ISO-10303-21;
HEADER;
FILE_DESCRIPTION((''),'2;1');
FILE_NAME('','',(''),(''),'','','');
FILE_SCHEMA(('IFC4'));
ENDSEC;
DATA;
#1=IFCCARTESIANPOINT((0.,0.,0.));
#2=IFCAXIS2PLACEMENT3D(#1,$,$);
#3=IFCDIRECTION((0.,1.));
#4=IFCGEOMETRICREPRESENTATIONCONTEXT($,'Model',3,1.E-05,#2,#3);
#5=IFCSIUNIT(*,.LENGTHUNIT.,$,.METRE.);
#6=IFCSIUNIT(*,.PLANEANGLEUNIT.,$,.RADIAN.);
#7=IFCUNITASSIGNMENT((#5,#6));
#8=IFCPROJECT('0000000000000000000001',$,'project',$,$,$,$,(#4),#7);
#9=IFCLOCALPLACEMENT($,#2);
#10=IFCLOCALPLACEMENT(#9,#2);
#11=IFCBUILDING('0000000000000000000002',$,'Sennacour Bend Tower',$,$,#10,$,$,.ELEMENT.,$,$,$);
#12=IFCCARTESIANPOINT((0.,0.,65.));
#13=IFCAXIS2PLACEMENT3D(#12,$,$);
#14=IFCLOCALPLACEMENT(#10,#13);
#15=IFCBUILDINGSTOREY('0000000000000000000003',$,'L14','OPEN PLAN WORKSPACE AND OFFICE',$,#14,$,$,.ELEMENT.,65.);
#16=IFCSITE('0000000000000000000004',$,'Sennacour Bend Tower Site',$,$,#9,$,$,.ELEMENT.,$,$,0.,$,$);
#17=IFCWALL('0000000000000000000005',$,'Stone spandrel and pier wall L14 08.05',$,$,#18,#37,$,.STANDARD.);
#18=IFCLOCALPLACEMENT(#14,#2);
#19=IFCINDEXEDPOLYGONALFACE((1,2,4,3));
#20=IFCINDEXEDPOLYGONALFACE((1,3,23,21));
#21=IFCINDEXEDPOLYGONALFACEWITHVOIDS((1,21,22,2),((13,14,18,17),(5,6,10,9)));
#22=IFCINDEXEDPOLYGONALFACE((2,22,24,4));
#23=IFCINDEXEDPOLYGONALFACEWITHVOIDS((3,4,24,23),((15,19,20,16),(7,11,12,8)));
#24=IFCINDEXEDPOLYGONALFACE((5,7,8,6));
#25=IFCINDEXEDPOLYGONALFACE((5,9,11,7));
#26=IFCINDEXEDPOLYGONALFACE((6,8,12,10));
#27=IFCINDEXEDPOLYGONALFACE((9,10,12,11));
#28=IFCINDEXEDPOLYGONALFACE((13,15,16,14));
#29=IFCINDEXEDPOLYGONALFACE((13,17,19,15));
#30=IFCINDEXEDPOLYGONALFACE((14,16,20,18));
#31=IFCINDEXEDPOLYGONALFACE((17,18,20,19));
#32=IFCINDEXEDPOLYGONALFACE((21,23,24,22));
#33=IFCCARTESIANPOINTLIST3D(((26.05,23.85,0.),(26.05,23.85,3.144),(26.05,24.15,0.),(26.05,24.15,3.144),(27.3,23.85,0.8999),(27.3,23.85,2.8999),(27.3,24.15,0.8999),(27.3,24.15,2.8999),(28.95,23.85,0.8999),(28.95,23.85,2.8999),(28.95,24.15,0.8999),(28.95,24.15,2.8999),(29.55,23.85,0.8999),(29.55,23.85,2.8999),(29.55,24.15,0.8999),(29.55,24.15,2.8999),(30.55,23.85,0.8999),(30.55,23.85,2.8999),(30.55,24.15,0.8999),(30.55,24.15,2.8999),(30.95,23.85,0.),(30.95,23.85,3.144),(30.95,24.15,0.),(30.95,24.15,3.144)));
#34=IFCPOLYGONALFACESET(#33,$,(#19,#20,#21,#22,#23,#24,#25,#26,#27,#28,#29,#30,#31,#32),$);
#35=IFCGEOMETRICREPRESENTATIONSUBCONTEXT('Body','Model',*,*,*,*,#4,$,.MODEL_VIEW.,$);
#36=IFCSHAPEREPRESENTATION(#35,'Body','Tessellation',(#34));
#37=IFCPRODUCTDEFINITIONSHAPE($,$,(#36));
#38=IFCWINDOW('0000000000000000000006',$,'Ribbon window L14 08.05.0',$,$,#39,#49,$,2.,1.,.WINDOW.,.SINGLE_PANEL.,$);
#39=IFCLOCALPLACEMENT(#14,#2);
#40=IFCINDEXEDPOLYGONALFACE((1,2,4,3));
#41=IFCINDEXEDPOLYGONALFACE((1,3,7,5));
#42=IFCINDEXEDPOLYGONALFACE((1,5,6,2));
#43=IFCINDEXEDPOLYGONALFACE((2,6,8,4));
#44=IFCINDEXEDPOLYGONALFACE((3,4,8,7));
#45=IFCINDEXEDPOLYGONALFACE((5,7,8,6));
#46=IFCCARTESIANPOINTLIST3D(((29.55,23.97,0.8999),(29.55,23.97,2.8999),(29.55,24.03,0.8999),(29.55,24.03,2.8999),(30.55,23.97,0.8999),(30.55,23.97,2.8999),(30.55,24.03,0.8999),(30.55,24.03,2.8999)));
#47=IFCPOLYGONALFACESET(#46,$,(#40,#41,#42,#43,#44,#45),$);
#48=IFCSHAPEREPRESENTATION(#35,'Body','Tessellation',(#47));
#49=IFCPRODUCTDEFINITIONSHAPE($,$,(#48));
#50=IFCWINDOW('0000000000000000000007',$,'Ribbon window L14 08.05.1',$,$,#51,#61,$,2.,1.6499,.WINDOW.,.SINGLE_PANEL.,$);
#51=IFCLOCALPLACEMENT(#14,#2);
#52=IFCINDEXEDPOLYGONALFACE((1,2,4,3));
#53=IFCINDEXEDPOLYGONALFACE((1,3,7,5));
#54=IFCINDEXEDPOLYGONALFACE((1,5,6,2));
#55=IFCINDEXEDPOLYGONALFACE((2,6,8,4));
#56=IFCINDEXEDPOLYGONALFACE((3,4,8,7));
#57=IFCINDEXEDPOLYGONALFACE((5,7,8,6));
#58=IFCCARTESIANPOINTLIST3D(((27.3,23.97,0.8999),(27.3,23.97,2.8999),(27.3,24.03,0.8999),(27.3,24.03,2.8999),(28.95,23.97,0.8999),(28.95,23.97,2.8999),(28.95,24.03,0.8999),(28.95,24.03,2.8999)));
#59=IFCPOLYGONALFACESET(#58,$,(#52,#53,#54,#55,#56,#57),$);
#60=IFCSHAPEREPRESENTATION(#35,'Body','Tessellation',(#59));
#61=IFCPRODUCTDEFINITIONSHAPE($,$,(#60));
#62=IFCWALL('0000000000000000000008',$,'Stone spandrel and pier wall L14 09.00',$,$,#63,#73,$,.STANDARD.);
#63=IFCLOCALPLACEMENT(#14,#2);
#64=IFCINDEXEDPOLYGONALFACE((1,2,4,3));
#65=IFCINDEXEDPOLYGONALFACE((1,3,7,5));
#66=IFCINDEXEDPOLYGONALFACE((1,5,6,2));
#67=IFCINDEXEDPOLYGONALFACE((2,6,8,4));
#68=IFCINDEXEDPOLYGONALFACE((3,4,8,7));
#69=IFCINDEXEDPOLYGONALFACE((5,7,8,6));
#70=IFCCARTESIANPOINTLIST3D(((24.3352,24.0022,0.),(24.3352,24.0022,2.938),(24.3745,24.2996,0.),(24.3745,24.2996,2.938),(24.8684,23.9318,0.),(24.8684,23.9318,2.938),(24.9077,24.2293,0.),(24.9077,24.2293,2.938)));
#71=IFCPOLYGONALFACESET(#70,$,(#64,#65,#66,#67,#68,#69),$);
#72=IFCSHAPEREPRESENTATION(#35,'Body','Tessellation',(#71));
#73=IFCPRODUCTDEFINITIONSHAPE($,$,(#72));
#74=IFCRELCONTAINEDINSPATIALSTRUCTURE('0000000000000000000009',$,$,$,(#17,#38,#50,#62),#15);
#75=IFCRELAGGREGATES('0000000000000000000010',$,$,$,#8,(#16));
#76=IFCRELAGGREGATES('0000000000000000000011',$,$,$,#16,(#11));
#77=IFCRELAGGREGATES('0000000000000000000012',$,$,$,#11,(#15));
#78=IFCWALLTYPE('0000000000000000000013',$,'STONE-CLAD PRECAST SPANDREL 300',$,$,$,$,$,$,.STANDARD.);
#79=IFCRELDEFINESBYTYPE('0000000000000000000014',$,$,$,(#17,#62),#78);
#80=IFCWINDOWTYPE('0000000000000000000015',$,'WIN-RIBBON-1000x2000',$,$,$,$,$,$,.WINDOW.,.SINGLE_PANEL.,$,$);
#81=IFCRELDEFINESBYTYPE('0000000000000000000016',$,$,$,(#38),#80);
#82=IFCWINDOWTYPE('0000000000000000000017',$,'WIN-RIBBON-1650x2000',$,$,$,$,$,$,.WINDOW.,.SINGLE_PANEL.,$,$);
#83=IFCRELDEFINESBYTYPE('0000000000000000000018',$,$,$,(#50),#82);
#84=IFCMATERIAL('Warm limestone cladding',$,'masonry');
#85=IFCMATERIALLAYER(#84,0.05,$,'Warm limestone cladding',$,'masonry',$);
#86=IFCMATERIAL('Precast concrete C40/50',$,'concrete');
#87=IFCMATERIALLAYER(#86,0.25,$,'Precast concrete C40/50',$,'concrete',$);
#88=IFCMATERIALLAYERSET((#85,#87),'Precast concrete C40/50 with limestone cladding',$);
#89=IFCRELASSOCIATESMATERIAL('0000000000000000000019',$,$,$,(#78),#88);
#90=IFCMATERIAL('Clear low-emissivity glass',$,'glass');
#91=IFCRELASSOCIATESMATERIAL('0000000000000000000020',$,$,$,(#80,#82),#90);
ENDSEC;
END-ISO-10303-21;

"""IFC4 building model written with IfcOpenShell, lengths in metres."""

from ifc_helpers import new_model, si_unit, direction, frame, frame_2d, origin, place, context, subcontext, project, spatial, rectangle, extrude, material, layer, layer_set, type_object, element, fill, save


model = new_model("IFC4")

# Units and contexts
model_context = context("Model", 3, precision=1e-05, world=origin(), true_north=direction((0.0, 1.0)))
body_context = subcontext(model_context, "Body", "Model", "MODEL_VIEW")
ifc_project = project(units=[si_unit("LENGTHUNIT", "METRE"), si_unit("PLANEANGLEUNIT", "RADIAN")], contexts=[model_context])

# Site, building, storey
site_placement = place(None, origin())
site = spatial("IfcSite", under=ifc_project, at=site_placement, Name="Sennacour Bend Tower Site", CompositionType="ELEMENT", RefElevation=0.0)
building_placement = place(site_placement, origin())
building = spatial("IfcBuilding", under=site, at=building_placement, Name="Sennacour Bend Tower", CompositionType="ELEMENT")
storey_placement = place(building_placement, frame((0.0, 0.0, 65.0)))
storey = spatial("IfcBuildingStorey", under=building, at=storey_placement, Name="L14", Description="OPEN PLAN WORKSPACE AND OFFICE", CompositionType="ELEMENT", Elevation=65.0)

# Wall, openings, windows
ifc_material_1 = material(Name="Warm limestone cladding", Category="masonry")
ifc_layer_1 = layer(ifc_material_1, 0.05, Name="Warm limestone cladding", Category="masonry")
ifc_material_2 = material(Name="Precast concrete C40/50", Category="concrete")
ifc_layer_2 = layer(ifc_material_2, 0.25, Name="Precast concrete C40/50", Category="concrete")
ifc_layer_set_1 = layer_set([ifc_layer_1, ifc_layer_2], Name="Precast concrete C40/50 with limestone cladding")
wall_type_1 = type_object("IfcWallType", Name="STONE-CLAD PRECAST SPANDREL 300", PredefinedType="STANDARD", material=ifc_layer_set_1)
ifc_material_3 = material(Name="Clear low-emissivity glass", Category="glass")
window_type_1 = type_object("IfcWindowType", Name="WIN-RIBBON-1000x2000", PartitioningType="SINGLE_PANEL", PredefinedType="WINDOW", material=ifc_material_3)
wall_1_placement = place(storey_placement, frame((30.95, 24.0, 0.0), z_axis=(0.0, 0.0, 1.0), x_axis=(-1.0, 0.0, 0.0)))
wall_1 = element("IfcWall", 1, at=wall_1_placement, inside=storey, type_object=wall_type_1, Name="Stone spandrel and pier wall L14 08.05", PredefinedType="STANDARD", context=body_context, shape_type="SweptSolid", body=[
    extrude(rectangle(XDim=4.8999, YDim=0.3, at=frame_2d((2.45, 0.0))), origin(), (0.0, 0.0, 1.0), 3.144),
])
opening_1_placement = place(wall_1_placement, frame((0.3999, 0.0, 0.8999)))
opening_1 = element("IfcOpeningElement", 2, at=opening_1_placement, cuts=wall_1, PredefinedType="OPENING", context=body_context, shape_type="SweptSolid", body=[
    extrude(rectangle(XDim=1.0, YDim=2.0, at=frame_2d((0.5, 1.0))), frame((0.0, 0.1602, 0.0), z_axis=(0.0, -1.0, 0.0), x_axis=(1.0, 0.0, 0.0)), (0.0, 0.0, 1.0), 0.3201),
])
opening_2_placement = place(wall_1_placement, frame((2.0, 0.0, 0.8999)))
opening_2 = element("IfcOpeningElement", 3, at=opening_2_placement, cuts=wall_1, PredefinedType="OPENING", context=body_context, shape_type="SweptSolid", body=[
    extrude(rectangle(XDim=1.6499, YDim=2.0, at=frame_2d((0.825, 1.0))), frame((0.0, 0.1602, 0.0), z_axis=(0.0, -1.0, 0.0), x_axis=(1.0, 0.0, 0.0)), (0.0, 0.0, 1.0), 0.3201),
])
window_1_placement = place(opening_1_placement, origin())
window_1 = element("IfcWindow", 4, at=window_1_placement, inside=storey, type_object=window_type_1, Name="Ribbon window L14 08.05.0", OverallHeight=2.0, OverallWidth=1.0, PartitioningType="SINGLE_PANEL", PredefinedType="WINDOW", context=body_context, shape_type="SweptSolid", body=[
    extrude(rectangle(XDim=1.0, YDim=2.0, at=frame_2d((0.5, 1.0))), frame((0.0, 0.03, 0.0), z_axis=(0.0, -1.0, 0.0), x_axis=(1.0, 0.0, 0.0)), (0.0, 0.0, 1.0), 0.0601),
])
fill(opening_1, window_1)
window_type_2 = type_object("IfcWindowType", Name="WIN-RIBBON-1650x2000", PartitioningType="SINGLE_PANEL", PredefinedType="WINDOW", material=ifc_material_3)
window_2_placement = place(opening_2_placement, origin())
window_2 = element("IfcWindow", 5, at=window_2_placement, inside=storey, type_object=window_type_2, Name="Ribbon window L14 08.05.1", OverallHeight=2.0, OverallWidth=1.6499, PartitioningType="SINGLE_PANEL", PredefinedType="WINDOW", context=body_context, shape_type="SweptSolid", body=[
    extrude(rectangle(XDim=1.6499, YDim=2.0, at=frame_2d((0.825, 1.0))), frame((0.0, 0.03, 0.0), z_axis=(0.0, -1.0, 0.0), x_axis=(1.0, 0.0, 0.0)), (0.0, 0.0, 1.0), 0.0601),
])
fill(opening_2, window_2)

# Wall
wall_2_placement = place(storey_placement, frame((24.8882, 24.0806, 0.0), z_axis=(0.0, 0.0, 1.0), x_axis=(-0.991417, 0.130736, 0.0)))
element("IfcWall", 6, at=wall_2_placement, inside=storey, type_object=wall_type_1, Name="Stone spandrel and pier wall L14 09.00", PredefinedType="STANDARD", context=body_context, shape_type="SweptSolid", body=[
    extrude(rectangle(XDim=0.5378, YDim=0.3, at=frame_2d((0.269, 0.0))), origin(), (0.0, 0.0, 1.0), 2.938),
])

save(model, "model.ifc")
